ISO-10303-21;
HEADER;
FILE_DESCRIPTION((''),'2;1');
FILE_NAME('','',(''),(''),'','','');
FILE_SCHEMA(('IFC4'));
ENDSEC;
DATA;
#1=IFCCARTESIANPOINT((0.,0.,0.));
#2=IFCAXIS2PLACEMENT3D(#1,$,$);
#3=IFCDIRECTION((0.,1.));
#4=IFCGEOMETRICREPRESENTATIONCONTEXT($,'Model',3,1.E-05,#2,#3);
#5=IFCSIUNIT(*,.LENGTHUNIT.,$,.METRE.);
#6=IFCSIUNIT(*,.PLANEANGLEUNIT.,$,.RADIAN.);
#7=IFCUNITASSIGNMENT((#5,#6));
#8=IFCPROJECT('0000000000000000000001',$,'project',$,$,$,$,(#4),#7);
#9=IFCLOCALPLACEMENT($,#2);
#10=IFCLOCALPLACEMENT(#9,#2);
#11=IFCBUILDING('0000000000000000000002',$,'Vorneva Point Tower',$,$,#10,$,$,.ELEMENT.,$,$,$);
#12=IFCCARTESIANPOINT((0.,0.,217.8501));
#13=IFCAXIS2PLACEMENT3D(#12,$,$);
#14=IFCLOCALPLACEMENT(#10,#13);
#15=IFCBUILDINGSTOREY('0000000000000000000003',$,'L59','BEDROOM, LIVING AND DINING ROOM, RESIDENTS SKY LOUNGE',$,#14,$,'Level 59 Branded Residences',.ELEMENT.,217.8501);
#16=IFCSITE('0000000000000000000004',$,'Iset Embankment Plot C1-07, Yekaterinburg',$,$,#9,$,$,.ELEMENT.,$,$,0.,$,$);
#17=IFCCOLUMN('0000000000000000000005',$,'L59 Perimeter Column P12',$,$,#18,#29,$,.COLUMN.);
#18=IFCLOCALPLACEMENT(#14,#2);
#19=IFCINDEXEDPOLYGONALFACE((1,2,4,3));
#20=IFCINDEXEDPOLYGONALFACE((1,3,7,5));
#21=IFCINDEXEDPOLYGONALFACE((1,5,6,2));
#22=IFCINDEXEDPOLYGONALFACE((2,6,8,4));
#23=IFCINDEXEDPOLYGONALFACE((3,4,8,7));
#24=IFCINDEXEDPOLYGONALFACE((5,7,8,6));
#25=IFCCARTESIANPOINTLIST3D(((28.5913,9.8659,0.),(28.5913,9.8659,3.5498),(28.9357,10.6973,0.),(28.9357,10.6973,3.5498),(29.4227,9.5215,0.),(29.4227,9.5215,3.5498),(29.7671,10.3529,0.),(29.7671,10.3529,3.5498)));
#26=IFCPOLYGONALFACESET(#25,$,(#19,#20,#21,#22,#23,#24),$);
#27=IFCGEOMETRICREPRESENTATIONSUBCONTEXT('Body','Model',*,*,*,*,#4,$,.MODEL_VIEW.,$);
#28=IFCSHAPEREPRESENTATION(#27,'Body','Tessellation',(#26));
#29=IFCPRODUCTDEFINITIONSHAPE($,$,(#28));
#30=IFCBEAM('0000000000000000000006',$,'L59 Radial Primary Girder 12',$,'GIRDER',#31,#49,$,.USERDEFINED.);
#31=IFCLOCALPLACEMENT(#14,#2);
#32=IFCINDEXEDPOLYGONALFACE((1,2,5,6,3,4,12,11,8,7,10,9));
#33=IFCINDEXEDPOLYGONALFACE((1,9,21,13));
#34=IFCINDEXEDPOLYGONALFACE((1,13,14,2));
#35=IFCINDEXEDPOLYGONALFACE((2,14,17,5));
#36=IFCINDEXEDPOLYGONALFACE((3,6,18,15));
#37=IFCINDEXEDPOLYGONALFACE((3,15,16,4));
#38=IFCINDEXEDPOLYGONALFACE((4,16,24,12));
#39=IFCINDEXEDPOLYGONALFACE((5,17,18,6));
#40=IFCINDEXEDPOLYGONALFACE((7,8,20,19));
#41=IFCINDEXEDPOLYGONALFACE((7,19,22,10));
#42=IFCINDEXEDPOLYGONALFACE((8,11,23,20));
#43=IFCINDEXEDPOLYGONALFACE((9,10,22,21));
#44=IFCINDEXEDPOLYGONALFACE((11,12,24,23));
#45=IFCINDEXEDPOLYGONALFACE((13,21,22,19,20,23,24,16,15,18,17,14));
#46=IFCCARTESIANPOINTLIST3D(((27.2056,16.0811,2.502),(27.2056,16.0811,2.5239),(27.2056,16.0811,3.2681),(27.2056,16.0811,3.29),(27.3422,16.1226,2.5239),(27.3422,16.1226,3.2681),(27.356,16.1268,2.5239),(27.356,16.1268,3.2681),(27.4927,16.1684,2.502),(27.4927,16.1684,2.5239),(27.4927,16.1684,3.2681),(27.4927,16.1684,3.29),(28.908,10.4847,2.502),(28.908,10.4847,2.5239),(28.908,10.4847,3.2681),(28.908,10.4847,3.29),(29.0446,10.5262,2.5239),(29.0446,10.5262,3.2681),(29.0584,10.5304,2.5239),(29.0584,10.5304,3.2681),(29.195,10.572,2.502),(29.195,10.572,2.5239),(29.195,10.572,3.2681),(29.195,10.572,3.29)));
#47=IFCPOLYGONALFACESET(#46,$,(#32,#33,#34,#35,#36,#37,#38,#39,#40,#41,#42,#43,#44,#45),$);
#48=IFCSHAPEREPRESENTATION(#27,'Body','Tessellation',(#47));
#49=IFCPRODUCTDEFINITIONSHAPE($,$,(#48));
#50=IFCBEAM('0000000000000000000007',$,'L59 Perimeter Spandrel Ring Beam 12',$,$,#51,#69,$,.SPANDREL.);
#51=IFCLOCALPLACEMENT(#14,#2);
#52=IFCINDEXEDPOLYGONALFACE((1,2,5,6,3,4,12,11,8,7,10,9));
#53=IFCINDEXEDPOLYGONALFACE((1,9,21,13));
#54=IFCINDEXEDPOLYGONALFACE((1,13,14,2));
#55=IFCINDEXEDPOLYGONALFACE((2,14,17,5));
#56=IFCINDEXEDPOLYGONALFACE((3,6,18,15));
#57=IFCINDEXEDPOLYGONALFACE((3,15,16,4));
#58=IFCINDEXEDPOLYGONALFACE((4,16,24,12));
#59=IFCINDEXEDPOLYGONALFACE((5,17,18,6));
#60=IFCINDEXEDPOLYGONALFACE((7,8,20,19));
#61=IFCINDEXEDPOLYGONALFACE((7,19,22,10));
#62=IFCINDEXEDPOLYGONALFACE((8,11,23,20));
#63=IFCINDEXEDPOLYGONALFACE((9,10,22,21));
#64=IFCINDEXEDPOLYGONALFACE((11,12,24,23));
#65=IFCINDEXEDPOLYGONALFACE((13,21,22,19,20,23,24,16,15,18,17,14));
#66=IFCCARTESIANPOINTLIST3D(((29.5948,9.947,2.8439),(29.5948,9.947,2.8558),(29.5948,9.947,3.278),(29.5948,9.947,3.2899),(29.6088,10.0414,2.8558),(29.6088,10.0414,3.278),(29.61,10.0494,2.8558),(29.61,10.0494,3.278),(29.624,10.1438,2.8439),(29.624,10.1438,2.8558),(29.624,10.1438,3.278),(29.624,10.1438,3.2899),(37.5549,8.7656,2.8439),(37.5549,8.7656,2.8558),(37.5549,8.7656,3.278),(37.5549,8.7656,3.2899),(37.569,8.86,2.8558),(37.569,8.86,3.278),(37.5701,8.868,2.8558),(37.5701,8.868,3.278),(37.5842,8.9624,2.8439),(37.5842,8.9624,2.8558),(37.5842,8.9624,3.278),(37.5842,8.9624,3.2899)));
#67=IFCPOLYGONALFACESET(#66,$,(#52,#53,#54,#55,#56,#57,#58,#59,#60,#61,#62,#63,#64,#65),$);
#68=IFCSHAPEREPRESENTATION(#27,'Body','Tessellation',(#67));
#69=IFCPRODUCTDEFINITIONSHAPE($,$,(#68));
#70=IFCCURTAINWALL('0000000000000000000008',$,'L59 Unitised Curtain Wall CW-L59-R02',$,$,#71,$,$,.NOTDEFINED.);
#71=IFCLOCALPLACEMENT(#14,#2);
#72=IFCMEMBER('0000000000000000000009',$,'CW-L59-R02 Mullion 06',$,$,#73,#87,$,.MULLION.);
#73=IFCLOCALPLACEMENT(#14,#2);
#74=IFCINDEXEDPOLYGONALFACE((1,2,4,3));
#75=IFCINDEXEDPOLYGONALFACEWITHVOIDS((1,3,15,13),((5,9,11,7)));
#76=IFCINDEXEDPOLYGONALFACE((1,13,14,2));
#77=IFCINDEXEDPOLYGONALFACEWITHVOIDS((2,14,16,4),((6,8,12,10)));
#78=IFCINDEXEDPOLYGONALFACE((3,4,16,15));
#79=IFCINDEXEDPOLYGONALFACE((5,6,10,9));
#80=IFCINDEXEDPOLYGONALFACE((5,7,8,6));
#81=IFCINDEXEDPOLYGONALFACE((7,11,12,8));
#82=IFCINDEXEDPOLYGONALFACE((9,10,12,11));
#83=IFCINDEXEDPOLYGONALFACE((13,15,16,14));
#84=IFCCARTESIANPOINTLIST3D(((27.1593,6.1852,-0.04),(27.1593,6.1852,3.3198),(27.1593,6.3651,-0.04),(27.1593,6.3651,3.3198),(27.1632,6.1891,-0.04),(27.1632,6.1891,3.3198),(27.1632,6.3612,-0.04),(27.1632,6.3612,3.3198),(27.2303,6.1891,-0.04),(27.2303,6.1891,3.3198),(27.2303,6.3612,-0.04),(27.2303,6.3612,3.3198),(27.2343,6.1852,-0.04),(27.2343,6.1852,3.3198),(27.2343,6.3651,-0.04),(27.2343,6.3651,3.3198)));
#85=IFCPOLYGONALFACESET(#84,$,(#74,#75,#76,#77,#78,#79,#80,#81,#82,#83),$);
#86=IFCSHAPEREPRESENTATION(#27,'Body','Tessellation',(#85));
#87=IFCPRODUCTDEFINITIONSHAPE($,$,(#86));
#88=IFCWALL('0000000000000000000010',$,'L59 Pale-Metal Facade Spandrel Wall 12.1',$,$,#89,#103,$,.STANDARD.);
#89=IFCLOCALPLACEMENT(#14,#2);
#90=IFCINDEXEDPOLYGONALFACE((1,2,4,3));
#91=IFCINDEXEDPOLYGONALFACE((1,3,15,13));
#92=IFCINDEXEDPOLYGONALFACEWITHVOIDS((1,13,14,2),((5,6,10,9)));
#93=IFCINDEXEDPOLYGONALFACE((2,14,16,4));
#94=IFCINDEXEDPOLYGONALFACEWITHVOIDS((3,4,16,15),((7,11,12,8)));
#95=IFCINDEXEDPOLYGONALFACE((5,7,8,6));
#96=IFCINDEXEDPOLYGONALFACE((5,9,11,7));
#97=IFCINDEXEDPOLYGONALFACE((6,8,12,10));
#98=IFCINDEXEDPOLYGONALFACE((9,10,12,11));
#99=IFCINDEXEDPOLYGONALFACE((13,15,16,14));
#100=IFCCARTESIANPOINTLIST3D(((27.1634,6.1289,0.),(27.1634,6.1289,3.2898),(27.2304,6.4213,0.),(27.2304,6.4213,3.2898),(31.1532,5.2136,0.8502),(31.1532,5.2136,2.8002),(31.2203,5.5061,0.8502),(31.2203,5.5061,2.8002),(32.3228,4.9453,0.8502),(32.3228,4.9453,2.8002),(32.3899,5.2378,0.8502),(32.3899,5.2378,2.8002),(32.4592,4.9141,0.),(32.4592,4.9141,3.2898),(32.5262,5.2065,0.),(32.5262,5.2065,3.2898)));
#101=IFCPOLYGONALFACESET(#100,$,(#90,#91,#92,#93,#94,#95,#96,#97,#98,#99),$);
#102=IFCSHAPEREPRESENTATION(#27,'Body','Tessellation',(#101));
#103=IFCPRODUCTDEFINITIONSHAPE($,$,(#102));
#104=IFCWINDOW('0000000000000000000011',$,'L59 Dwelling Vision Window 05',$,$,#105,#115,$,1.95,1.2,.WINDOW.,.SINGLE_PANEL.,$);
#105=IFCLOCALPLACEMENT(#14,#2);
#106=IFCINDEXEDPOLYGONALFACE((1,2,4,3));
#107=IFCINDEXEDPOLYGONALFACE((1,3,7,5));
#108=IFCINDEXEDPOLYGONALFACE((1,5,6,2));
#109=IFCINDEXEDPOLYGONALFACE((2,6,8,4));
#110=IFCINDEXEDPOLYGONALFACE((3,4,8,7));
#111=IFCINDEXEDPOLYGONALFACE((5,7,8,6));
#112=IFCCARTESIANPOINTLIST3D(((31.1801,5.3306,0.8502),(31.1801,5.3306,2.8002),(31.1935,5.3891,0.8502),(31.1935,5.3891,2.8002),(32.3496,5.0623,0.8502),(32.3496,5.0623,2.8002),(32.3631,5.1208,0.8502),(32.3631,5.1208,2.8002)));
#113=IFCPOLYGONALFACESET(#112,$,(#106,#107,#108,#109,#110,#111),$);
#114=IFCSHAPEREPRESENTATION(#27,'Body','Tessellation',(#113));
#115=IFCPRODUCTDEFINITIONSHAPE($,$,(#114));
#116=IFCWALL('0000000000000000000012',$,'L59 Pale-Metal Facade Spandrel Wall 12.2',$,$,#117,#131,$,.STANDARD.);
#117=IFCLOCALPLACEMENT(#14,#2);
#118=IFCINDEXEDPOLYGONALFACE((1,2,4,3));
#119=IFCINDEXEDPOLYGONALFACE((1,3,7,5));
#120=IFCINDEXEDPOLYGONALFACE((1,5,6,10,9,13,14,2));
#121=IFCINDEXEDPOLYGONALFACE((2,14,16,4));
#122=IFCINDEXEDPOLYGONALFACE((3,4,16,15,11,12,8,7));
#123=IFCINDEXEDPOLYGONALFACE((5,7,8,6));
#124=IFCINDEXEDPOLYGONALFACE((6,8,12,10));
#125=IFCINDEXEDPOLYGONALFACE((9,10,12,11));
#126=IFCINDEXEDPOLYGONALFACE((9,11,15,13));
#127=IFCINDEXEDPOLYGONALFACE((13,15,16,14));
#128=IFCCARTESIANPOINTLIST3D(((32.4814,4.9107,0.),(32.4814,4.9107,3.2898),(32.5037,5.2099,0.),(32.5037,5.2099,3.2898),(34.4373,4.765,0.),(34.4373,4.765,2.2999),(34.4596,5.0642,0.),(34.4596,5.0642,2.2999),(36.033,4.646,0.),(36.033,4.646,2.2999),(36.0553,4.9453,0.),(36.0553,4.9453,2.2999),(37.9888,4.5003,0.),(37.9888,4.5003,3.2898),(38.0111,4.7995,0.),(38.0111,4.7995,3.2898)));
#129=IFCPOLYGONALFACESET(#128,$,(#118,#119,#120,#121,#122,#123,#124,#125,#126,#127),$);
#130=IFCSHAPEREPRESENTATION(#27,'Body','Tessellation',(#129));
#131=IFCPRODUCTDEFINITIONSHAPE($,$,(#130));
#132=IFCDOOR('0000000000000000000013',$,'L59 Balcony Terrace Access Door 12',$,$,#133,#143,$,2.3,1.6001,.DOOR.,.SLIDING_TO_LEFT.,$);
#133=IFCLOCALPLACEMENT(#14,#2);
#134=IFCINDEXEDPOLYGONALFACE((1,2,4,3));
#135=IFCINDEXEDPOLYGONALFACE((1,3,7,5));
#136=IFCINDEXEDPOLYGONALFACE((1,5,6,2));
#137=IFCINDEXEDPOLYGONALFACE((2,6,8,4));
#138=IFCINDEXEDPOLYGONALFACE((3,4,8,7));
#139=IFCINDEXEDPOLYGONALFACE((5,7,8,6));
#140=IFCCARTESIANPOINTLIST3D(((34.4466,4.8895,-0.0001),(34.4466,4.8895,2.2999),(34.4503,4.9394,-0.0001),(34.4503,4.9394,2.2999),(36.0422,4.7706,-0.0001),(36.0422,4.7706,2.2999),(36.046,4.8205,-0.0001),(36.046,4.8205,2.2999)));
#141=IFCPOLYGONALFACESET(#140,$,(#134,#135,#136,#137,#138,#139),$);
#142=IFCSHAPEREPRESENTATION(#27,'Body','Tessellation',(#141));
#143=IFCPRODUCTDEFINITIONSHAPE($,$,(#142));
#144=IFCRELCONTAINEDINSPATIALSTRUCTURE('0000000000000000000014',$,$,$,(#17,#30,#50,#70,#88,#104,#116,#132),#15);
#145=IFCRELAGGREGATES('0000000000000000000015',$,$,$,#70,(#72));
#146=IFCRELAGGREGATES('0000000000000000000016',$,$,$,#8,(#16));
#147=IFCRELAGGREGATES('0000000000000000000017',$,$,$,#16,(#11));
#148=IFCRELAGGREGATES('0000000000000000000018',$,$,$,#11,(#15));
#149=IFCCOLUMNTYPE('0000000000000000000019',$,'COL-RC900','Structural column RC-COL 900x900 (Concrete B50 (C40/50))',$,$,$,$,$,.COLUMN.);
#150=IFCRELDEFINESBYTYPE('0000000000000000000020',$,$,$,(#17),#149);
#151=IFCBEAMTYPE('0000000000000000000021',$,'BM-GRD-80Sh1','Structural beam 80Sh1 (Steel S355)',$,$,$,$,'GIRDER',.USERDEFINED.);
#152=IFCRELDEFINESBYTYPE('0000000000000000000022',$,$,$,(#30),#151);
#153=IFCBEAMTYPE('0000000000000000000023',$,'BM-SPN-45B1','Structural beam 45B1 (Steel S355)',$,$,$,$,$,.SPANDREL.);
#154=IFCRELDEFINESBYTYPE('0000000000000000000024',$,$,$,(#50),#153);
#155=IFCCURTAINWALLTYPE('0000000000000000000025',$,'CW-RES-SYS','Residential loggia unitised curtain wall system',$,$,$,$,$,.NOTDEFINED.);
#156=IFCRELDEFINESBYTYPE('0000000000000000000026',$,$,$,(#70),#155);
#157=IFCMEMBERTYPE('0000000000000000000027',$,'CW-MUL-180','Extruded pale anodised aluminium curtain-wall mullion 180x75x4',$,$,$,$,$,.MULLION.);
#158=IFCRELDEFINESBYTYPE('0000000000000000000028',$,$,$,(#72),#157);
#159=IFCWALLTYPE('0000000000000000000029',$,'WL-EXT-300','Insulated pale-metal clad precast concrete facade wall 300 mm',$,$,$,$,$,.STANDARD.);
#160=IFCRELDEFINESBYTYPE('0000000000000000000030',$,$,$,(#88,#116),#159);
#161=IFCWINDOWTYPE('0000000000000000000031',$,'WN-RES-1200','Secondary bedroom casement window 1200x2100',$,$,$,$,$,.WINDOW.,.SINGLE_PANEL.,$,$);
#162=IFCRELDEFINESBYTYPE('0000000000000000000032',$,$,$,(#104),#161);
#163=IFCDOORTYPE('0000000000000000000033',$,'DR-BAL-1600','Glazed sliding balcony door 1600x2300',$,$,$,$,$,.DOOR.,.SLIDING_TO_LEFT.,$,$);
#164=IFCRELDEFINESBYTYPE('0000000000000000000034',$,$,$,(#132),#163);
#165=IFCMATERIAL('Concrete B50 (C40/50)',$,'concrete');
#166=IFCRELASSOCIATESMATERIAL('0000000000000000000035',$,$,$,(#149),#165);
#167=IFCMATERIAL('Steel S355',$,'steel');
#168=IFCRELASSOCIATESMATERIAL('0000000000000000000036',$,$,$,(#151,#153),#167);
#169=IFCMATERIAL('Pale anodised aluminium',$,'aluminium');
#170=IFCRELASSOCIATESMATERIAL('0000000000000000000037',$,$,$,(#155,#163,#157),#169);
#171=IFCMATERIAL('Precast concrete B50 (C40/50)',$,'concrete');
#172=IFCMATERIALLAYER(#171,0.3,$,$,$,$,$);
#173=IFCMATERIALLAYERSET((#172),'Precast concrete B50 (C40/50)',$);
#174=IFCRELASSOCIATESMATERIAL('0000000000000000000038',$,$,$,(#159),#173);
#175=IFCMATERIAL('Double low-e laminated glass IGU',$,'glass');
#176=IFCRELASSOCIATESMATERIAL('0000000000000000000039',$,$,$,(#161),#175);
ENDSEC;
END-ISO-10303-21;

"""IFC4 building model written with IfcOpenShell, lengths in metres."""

from ifc_helpers import new_model, si_unit, direction, frame, frame_2d, origin, origin_2d, place, context, subcontext, project, spatial, rectangle, hollow_rectangle, i_section, extrude, material, layer, layer_set, material_profile, profile_set, type_object, element, fill, aggregate, save


model = new_model("IFC4")

# Units and contexts
model_context = context("Model", 3, precision=1e-05, world=origin(), true_north=direction((0.0, 1.0)))
body_context = subcontext(model_context, "Body", "Model", "MODEL_VIEW")
ifc_project = project(units=[si_unit("LENGTHUNIT", "METRE"), si_unit("PLANEANGLEUNIT", "RADIAN")], contexts=[model_context])

# Site, building, storey
site_placement = place(None, origin())
site = spatial("IfcSite", under=ifc_project, at=site_placement, Name="Iset Embankment Plot C1-07, Yekaterinburg", CompositionType="ELEMENT", RefElevation=0.0)
building_placement = place(site_placement, origin())
building = spatial("IfcBuilding", under=site, at=building_placement, Name="Vorneva Point Tower", CompositionType="ELEMENT")
storey_placement = place(building_placement, frame((0.0, 0.0, 217.8501)))
storey = spatial("IfcBuildingStorey", under=building, at=storey_placement, Name="L59", Description="BEDROOM, LIVING AND DINING ROOM, RESIDENTS SKY LOUNGE", LongName="Level 59 Branded Residences", CompositionType="ELEMENT", Elevation=217.8501)

# Column
ifc_material_1 = material(Name="Concrete B50 (C40/50)", Category="concrete")
ifc_material_profile_1 = material_profile(ifc_material_1, rectangle(XDim=0.8999, YDim=0.8999, at=origin_2d()), Name="RC-COL 900x900")
ifc_profile_set_1 = profile_set([ifc_material_profile_1], Name="Concrete B50 (C40/50)")
column_type = type_object("IfcColumnType", Name="COL-RC900", Description="Structural column RC-COL 900x900 (Concrete B50 (C40/50))", PredefinedType="COLUMN", material=ifc_profile_set_1)
column_placement = place(storey_placement, frame((29.1792, 10.1094, 0.0), z_axis=(0.0, 0.0, 1.0), x_axis=(-0.382683, -0.92388, 0.0)))
element("IfcColumn", 1, at=column_placement, inside=storey, type_object=column_type, Name="L59 Perimeter Column P12", PredefinedType="COLUMN", context=body_context, shape_type="SweptSolid", body=[
    extrude(rectangle(XDim=0.8999, YDim=0.8999, at=origin_2d()), origin(), (0.0, 0.0, 1.0), 3.5498),
])

# Beams
ifc_material_2 = material(Name="Steel S355", Category="steel")
ifc_material_profile_2 = material_profile(ifc_material_2, i_section(OverallWidth=0.3, OverallDepth=0.7881, WebThickness=0.0144, FlangeThickness=0.022, at=origin_2d()), Name="80Sh1")
ifc_profile_set_2 = profile_set([ifc_material_profile_2], Name="Steel S355")
beam_type_1 = type_object("IfcBeamType", Name="BM-GRD-80Sh1", Description="Structural beam 80Sh1 (Steel S355)", ElementType="GIRDER", PredefinedType="USERDEFINED", material=ifc_profile_set_2)
beam_1_placement = place(storey_placement, frame((29.0515, 10.5283, 2.896), z_axis=(-0.291025, 0.956715, 0.0), x_axis=(-0.956715, -0.291025, 0.0)))
element("IfcBeam", 2, at=beam_1_placement, inside=storey, type_object=beam_type_1, Name="L59 Radial Primary Girder 12", ObjectType="GIRDER", PredefinedType="USERDEFINED", context=body_context, shape_type="SweptSolid", body=[
    extrude(i_section(OverallWidth=0.3, OverallDepth=0.7881, WebThickness=0.0144, FlangeThickness=0.022, at=origin_2d()), origin(), (0.0, 0.0, 1.0), 5.8496),
])
ifc_material_profile_3 = material_profile(ifc_material_2, i_section(OverallWidth=0.199, OverallDepth=0.446, WebThickness=0.0081, FlangeThickness=0.012, at=origin_2d()), Name="45B1")
ifc_profile_set_3 = profile_set([ifc_material_profile_3], Name="Steel S355")
beam_type_2 = type_object("IfcBeamType", Name="BM-SPN-45B1", Description="Structural beam 45B1 (Steel S355)", PredefinedType="SPANDREL", material=ifc_profile_set_3)
beam_2_placement = place(storey_placement, frame((29.6094, 10.0454, 3.0669), z_axis=(0.989165, -0.146805, 0.0), x_axis=(0.146805, 0.989165, 0.0)))
element("IfcBeam", 3, at=beam_2_placement, inside=storey, type_object=beam_type_2, Name="L59 Perimeter Spandrel Ring Beam 12", PredefinedType="SPANDREL", context=body_context, shape_type="SweptSolid", body=[
    extrude(i_section(OverallWidth=0.199, OverallDepth=0.446, WebThickness=0.0081, FlangeThickness=0.012, at=origin_2d()), origin(), (0.0, 0.0, 1.0), 8.0474),
])

# Curtain wall, member
ifc_material_3 = material(Name="Pale anodised aluminium", Category="aluminium")
curtain_wall_type = type_object("IfcCurtainWallType", Name="CW-RES-SYS", Description="Residential loggia unitised curtain wall system", PredefinedType="NOTDEFINED", material=ifc_material_3)
curtain_wall_placement = place(storey_placement, origin())
curtain_wall = element("IfcCurtainWall", 4, at=curtain_wall_placement, inside=storey, type_object=curtain_wall_type, Name="L59 Unitised Curtain Wall CW-L59-R02", PredefinedType="NOTDEFINED")
ifc_material_profile_4 = material_profile(ifc_material_3, hollow_rectangle(XDim=0.075, YDim=0.1799, WallThickness=0.0039, at=origin_2d()), Name="AL-MUL 180x75x4")
ifc_profile_set_4 = profile_set([ifc_material_profile_4], Name="Pale anodised aluminium")
member_type = type_object("IfcMemberType", Name="CW-MUL-180", Description="Extruded pale anodised aluminium curtain-wall mullion 180x75x4", PredefinedType="MULLION", material=ifc_profile_set_4)
member_placement = place(storey_placement, frame((27.1968, 6.2751, -0.04), z_axis=(0.0, 0.0, 1.0), x_axis=(1.0, 0.0, 0.0)))
member = element("IfcMember", 5, at=member_placement, type_object=member_type, Name="CW-L59-R02 Mullion 06", PredefinedType="MULLION", context=body_context, shape_type="SweptSolid", body=[
    extrude(hollow_rectangle(XDim=0.075, YDim=0.1799, WallThickness=0.0039, at=origin_2d()), origin(), (0.0, 0.0, 1.0), 3.3599),
])
aggregate(curtain_wall, [member])

# Wall, opening, window
ifc_material_4 = material(Name="Precast concrete B50 (C40/50)", Category="concrete")
ifc_layer_1 = layer(ifc_material_4, 0.3)
ifc_layer_set_1 = layer_set([ifc_layer_1], Name="Precast concrete B50 (C40/50)")
wall_type_1 = type_object("IfcWallType", Name="WL-EXT-300", Description="Insulated pale-metal clad precast concrete facade wall 300 mm", PredefinedType="STANDARD", material=ifc_layer_set_1)
wall_1_placement = place(storey_placement, frame((27.1968, 6.2751, 0.0), z_axis=(0.0, 0.0, 1.0), x_axis=(0.974684, -0.223586, 0.0)))
wall_1 = element("IfcWall", 6, at=wall_1_placement, inside=storey, type_object=wall_type_1, Name="L59 Pale-Metal Facade Spandrel Wall 12.1", PredefinedType="STANDARD", context=body_context, shape_type="SweptSolid", body=[
    extrude(rectangle(XDim=5.4333, YDim=0.3, at=frame_2d((2.7168, 0.0))), origin(), (0.0, 0.0, 1.0), 3.2898),
])
opening_1_placement = place(wall_1_placement, frame((4.0935, 0.0, 0.8501)))
opening_1 = element("IfcOpeningElement", 7, at=opening_1_placement, cuts=wall_1, PredefinedType="OPENING", context=body_context, shape_type="SweptSolid", body=[
    extrude(rectangle(XDim=1.2, YDim=1.95, at=frame_2d((0.6001, 0.9751))), frame((0.0, 0.165, 0.0), z_axis=(0.0, -1.0, 0.0), x_axis=(1.0, 0.0, 0.0)), (0.0, 0.0, 1.0), 0.3298),
])
ifc_material_5 = material(Name="Double low-e laminated glass IGU", Category="glass")
window_type = type_object("IfcWindowType", Name="WN-RES-1200", Description="Secondary bedroom casement window 1200x2100", PartitioningType="SINGLE_PANEL", PredefinedType="WINDOW", material=ifc_material_5)
window_placement = place(opening_1_placement, origin())
window = element("IfcWindow", 8, at=window_placement, inside=storey, type_object=window_type, Name="L59 Dwelling Vision Window 05", OverallHeight=1.95, OverallWidth=1.2, PartitioningType="SINGLE_PANEL", PredefinedType="WINDOW", context=body_context, shape_type="SweptSolid", body=[
    extrude(rectangle(XDim=1.2, YDim=1.95, at=frame_2d((0.6001, 0.9751))), frame((0.0, 0.03, 0.0), z_axis=(0.0, -1.0, 0.0), x_axis=(1.0, 0.0, 0.0)), (0.0, 0.0, 1.0), 0.0601),
])
fill(opening_1, window)

# Wall, opening, door
wall_2_placement = place(storey_placement, frame((32.4927, 5.0603, 0.0), z_axis=(0.0, 0.0, 1.0), x_axis=(0.997235, -0.074313, 0.0)))
wall_2 = element("IfcWall", 9, at=wall_2_placement, inside=storey, type_object=wall_type_1, Name="L59 Pale-Metal Facade Spandrel Wall 12.2", PredefinedType="STANDARD", context=body_context, shape_type="SweptSolid", body=[
    extrude(rectangle(XDim=5.5227, YDim=0.3, at=frame_2d((2.7612, 0.0))), origin(), (0.0, 0.0, 1.0), 3.2898),
])
opening_2_placement = place(wall_2_placement, frame((1.9612, 0.0, 0.0)))
opening_2 = element("IfcOpeningElement", 10, at=opening_2_placement, cuts=wall_2, PredefinedType="OPENING", context=body_context, shape_type="SweptSolid", body=[
    extrude(rectangle(XDim=1.6001, YDim=2.3, at=frame_2d((0.8, 1.1499))), frame((0.0, 0.165, 0.0), z_axis=(0.0, -1.0, 0.0), x_axis=(1.0, 0.0, 0.0)), (0.0, 0.0, 1.0), 0.3298),
])
door_type_1 = type_object("IfcDoorType", Name="DR-BAL-1600", Description="Glazed sliding balcony door 1600x2300", OperationType="SLIDING_TO_LEFT", PredefinedType="DOOR", material=ifc_material_3)
door_1_placement = place(opening_2_placement, origin())
door_1 = element("IfcDoor", 11, at=door_1_placement, inside=storey, type_object=door_type_1, Name="L59 Balcony Terrace Access Door 12", OperationType="SLIDING_TO_LEFT", OverallHeight=2.3, OverallWidth=1.6001, PredefinedType="DOOR", context=body_context, shape_type="SweptSolid", body=[
    extrude(rectangle(XDim=1.6001, YDim=2.3, at=frame_2d((0.8, 1.1499))), frame((0.0, 0.0249, 0.0), z_axis=(0.0, -1.0, 0.0), x_axis=(1.0, 0.0, 0.0)), (0.0, 0.0, 1.0), 0.05),
])
fill(opening_2, door_1)

save(model, "model.ifc")
